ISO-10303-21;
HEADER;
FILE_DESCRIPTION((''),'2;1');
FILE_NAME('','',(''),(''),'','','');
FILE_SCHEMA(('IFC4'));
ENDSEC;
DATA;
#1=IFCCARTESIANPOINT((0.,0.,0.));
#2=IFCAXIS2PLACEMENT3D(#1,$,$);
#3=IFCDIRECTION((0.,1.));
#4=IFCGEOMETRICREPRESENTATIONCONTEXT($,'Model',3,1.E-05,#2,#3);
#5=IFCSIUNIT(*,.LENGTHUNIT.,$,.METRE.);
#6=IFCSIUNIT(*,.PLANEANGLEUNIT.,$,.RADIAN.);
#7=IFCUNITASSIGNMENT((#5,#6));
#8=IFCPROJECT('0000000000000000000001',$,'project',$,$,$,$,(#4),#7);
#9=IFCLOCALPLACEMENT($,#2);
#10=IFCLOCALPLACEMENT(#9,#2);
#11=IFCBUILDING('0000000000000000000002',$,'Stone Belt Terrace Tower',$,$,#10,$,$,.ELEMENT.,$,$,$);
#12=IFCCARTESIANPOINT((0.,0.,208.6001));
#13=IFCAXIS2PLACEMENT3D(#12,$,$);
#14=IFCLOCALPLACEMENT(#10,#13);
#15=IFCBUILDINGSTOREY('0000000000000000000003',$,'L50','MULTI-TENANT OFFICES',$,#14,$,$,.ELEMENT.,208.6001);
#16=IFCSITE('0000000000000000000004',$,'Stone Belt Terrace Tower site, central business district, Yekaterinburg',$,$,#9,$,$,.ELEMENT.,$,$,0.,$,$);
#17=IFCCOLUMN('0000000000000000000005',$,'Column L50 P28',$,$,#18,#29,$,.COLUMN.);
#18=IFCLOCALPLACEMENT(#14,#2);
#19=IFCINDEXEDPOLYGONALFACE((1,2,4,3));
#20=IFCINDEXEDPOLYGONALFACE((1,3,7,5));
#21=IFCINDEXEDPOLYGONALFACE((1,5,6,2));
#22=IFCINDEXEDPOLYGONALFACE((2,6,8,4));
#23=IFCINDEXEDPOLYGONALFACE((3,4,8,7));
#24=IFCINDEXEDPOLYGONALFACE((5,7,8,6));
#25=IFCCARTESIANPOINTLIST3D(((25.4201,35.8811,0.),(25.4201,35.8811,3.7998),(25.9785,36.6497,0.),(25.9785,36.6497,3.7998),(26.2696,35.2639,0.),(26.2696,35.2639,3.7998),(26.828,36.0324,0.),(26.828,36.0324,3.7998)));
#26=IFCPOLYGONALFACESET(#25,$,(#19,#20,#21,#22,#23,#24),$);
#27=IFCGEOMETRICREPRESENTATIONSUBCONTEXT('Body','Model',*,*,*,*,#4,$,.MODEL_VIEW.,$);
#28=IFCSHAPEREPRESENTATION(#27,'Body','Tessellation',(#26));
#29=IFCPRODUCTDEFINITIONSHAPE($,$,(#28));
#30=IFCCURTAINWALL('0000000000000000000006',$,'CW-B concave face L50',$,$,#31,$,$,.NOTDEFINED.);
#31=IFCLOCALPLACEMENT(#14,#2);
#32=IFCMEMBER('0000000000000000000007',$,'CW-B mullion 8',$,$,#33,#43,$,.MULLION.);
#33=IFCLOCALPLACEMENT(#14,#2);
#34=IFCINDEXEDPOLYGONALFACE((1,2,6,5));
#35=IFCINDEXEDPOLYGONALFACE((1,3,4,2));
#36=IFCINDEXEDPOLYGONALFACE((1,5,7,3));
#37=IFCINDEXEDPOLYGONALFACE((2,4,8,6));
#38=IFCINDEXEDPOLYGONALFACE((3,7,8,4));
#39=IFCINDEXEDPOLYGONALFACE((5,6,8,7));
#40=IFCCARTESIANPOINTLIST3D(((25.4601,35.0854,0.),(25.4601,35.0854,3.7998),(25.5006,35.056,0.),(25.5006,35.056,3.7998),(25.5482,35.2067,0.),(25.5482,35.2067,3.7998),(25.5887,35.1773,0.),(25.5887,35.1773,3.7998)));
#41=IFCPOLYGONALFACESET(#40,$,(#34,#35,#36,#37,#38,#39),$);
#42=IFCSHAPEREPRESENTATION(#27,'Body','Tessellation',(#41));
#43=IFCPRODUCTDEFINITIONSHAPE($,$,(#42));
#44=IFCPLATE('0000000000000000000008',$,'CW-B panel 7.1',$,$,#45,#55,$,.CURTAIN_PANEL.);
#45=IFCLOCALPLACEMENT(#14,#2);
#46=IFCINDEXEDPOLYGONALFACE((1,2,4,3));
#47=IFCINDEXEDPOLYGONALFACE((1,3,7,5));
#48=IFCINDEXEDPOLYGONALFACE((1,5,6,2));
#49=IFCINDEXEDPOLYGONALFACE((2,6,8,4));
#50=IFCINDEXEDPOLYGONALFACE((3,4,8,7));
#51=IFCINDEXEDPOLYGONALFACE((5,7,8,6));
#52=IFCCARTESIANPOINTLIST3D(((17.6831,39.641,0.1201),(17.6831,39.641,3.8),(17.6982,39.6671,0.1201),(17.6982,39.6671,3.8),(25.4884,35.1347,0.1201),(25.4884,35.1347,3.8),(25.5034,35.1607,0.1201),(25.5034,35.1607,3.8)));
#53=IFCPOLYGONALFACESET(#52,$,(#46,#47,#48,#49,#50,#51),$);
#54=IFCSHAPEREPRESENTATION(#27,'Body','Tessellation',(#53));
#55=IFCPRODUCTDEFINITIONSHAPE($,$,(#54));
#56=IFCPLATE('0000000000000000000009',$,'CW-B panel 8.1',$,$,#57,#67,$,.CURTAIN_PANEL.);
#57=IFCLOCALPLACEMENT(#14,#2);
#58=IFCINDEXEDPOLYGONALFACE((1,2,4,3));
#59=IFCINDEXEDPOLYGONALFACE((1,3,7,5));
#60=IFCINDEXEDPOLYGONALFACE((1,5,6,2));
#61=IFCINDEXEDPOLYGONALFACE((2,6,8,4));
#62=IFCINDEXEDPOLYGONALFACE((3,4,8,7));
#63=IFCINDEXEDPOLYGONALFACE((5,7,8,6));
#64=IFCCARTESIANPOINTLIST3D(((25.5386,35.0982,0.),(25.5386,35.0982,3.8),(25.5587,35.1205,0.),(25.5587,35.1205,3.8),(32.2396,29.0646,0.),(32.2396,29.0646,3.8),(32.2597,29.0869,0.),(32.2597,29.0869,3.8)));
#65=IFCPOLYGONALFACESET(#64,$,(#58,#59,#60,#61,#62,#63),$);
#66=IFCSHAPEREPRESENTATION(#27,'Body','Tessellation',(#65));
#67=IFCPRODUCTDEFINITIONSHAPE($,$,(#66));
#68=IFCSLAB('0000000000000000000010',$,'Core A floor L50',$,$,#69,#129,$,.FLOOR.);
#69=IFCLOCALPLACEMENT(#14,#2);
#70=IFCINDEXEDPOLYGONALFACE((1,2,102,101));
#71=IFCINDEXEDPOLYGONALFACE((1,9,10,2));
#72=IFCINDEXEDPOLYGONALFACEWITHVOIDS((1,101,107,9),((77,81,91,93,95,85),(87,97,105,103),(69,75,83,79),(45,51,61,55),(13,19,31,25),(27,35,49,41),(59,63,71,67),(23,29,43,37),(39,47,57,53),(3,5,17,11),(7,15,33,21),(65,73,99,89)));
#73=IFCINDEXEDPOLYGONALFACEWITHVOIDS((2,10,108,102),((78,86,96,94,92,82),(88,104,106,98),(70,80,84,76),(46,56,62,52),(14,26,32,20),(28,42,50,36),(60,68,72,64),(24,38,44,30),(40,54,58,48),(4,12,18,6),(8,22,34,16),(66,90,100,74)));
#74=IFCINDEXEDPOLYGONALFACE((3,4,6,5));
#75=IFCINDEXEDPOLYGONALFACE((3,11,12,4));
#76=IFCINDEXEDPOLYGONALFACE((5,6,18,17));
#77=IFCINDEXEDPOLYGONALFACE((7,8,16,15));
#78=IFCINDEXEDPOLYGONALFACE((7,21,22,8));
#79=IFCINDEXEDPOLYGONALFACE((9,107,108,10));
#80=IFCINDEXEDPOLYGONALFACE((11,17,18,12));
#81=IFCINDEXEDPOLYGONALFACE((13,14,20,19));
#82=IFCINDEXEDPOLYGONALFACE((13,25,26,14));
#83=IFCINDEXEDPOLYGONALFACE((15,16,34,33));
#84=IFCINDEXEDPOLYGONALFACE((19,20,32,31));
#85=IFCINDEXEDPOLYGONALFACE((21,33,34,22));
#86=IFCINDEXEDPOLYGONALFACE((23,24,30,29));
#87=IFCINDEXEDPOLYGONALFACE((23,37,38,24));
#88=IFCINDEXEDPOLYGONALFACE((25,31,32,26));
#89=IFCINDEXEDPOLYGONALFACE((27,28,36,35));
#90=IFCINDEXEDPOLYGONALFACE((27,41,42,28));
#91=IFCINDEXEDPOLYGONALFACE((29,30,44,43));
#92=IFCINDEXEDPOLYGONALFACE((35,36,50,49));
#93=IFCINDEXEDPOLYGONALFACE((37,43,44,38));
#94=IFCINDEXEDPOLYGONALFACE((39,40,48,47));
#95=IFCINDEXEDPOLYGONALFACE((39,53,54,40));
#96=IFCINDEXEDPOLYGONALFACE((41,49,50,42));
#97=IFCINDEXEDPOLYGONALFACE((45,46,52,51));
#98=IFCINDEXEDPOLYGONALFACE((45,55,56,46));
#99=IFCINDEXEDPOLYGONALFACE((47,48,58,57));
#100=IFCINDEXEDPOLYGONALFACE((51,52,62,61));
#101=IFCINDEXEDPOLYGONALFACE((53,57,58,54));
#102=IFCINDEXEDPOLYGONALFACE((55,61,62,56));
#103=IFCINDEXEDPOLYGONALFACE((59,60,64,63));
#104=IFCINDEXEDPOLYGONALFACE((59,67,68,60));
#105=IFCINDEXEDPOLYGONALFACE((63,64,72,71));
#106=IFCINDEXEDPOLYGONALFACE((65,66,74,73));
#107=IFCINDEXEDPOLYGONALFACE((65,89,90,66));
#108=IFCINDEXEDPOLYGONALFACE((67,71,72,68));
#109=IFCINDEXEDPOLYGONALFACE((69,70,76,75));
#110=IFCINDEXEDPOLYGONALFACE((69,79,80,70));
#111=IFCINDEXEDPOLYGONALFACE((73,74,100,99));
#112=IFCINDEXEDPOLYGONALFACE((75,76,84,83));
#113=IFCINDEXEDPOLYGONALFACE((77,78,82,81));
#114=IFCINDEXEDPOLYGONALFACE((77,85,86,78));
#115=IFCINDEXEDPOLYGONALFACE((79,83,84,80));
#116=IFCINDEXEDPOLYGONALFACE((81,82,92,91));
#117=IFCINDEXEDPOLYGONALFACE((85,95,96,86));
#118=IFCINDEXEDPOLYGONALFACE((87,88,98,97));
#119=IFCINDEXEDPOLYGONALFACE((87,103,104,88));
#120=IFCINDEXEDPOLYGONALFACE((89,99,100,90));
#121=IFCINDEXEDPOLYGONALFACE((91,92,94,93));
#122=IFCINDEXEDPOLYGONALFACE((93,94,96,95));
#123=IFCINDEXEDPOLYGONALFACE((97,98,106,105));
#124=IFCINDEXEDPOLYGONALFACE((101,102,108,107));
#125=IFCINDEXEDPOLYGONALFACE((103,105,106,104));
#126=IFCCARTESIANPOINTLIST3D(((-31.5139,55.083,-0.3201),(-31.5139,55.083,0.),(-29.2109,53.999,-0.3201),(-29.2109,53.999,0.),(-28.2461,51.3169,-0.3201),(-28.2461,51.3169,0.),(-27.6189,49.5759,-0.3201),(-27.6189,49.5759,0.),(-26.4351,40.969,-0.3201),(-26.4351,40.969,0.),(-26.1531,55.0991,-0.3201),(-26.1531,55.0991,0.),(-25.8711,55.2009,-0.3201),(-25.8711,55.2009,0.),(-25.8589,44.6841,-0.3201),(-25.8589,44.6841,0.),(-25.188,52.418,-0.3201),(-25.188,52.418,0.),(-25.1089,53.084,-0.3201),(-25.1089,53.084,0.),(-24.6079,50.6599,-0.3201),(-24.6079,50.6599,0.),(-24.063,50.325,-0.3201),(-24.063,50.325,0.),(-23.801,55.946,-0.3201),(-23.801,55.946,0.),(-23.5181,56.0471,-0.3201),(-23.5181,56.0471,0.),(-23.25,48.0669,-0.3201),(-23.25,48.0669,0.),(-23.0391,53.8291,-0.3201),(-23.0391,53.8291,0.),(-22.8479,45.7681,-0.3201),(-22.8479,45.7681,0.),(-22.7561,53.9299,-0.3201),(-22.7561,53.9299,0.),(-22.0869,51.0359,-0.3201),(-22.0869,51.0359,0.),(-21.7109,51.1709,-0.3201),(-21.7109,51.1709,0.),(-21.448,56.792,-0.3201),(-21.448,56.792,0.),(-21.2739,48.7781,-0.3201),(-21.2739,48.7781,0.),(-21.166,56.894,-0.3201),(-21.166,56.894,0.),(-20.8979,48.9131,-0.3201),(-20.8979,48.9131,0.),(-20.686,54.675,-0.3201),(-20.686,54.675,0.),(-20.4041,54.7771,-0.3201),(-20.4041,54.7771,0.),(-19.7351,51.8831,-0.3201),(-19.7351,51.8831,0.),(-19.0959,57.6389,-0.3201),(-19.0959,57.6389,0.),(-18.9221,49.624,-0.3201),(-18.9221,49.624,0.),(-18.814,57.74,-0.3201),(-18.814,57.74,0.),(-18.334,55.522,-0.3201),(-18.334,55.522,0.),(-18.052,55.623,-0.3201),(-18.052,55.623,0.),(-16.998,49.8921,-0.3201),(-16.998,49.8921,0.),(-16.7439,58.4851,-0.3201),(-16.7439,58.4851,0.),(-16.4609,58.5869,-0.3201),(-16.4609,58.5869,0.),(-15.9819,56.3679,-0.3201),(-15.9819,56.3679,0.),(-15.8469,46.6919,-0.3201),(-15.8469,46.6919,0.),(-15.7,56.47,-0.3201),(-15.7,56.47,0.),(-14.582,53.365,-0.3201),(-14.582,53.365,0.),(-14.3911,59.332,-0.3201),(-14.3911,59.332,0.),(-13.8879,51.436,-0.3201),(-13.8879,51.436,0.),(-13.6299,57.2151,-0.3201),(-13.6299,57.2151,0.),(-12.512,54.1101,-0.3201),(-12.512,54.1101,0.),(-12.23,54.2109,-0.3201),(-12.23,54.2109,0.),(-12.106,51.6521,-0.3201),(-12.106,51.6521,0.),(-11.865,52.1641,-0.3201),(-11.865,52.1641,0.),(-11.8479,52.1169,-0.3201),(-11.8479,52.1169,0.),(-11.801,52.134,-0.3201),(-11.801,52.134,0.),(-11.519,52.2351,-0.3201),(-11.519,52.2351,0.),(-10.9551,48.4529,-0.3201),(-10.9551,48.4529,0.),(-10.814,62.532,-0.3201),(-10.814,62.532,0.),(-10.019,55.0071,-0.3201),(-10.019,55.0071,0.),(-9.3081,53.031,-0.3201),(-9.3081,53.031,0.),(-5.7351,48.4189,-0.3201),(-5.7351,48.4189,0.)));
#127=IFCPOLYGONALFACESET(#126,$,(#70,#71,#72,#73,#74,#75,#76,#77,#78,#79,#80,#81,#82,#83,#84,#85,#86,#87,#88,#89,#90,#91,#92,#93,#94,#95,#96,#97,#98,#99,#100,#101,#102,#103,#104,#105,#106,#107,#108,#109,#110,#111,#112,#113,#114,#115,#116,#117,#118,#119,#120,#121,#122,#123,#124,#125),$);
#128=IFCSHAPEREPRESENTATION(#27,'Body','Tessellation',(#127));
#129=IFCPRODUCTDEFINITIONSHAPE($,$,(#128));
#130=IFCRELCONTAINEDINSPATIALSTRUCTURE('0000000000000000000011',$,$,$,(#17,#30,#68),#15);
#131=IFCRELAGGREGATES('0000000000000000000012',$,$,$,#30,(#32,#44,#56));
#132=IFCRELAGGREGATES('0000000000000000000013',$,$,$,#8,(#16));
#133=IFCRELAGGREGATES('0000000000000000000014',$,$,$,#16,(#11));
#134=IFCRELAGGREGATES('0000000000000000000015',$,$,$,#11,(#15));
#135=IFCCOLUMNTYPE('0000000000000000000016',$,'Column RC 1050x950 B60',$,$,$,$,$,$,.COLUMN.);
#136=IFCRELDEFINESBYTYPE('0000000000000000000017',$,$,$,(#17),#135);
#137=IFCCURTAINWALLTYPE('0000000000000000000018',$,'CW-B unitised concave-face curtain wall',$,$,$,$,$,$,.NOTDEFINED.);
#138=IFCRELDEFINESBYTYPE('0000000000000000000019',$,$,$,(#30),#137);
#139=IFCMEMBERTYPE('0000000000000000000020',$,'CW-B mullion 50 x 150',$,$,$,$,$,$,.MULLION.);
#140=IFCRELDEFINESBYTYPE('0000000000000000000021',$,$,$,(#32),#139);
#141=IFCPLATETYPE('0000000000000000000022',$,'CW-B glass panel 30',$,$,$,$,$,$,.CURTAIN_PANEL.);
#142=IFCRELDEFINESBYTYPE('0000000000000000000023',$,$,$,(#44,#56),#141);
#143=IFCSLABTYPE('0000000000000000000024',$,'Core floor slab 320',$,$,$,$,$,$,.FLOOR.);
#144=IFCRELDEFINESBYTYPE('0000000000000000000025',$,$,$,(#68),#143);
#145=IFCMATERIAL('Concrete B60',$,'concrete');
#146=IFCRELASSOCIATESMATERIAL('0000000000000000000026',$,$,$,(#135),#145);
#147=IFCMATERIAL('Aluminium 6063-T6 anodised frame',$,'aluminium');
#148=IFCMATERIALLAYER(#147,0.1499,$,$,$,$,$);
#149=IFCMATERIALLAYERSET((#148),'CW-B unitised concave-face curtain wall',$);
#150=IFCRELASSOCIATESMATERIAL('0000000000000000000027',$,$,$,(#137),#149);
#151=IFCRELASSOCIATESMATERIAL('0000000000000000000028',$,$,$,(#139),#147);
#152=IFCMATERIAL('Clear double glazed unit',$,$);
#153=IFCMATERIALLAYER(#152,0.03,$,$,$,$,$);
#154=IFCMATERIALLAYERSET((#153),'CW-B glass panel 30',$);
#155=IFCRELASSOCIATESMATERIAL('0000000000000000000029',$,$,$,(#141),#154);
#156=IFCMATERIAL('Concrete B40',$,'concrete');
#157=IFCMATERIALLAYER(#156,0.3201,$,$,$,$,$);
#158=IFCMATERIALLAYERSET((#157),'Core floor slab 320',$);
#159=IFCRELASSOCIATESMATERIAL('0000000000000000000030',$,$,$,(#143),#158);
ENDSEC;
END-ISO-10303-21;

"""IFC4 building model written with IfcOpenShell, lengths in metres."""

from ifc_helpers import new_model, si_unit, direction, frame, origin, origin_2d, place, context, subcontext, project, spatial, polyline, rectangle, outline, extrude, material, layer, layer_set, material_profile, profile_set, type_object, element, aggregate, save


model = new_model("IFC4")

# Units and contexts
model_context = context("Model", 3, precision=1e-05, world=origin(), true_north=direction((0.0, 1.0)))
body_context = subcontext(model_context, "Body", "Model", "MODEL_VIEW")
ifc_project = project(units=[si_unit("LENGTHUNIT", "METRE"), si_unit("PLANEANGLEUNIT", "RADIAN")], contexts=[model_context])

# Site, building, storey
site_placement = place(None, origin())
site = spatial("IfcSite", under=ifc_project, at=site_placement, Name="Stone Belt Terrace Tower site, central business district, Yekaterinburg", CompositionType="ELEMENT", RefElevation=0.0)
building_placement = place(site_placement, origin())
building = spatial("IfcBuilding", under=site, at=building_placement, Name="Stone Belt Terrace Tower", CompositionType="ELEMENT")
storey_placement = place(building_placement, frame((0.0, 0.0, 208.6001)))
storey = spatial("IfcBuildingStorey", under=building, at=storey_placement, Name="L50", Description="MULTI-TENANT OFFICES", CompositionType="ELEMENT", Elevation=208.6001)

# Column
ifc_material_1 = material(Name="Concrete B60", Category="concrete")
ifc_material_profile_1 = material_profile(ifc_material_1, rectangle(XDim=1.05, YDim=0.95, at=origin_2d()), Name="RC 1050x950")
ifc_profile_set_1 = profile_set([ifc_material_profile_1], Name="Concrete B60")
column_type = type_object("IfcColumnType", Name="Column RC 1050x950 B60", PredefinedType="COLUMN", material=ifc_profile_set_1)
column_placement = place(storey_placement, frame((26.124, 35.9568, 0.0), z_axis=(0.0, 0.0, 1.0), x_axis=(0.809017, -0.587785, 0.0)))
element("IfcColumn", 1, at=column_placement, inside=storey, type_object=column_type, Name="Column L50 P28", PredefinedType="COLUMN", context=body_context, shape_type="SweptSolid", body=[
    extrude(rectangle(XDim=1.05, YDim=0.95, at=origin_2d()), origin(), (0.0, 0.0, 1.0), 3.7998),
])

# Curtain wall, member, plates
ifc_material_2 = material(Name="Aluminium 6063-T6 anodised frame", Category="aluminium")
ifc_layer_1 = layer(ifc_material_2, 0.1499)
ifc_layer_set_1 = layer_set([ifc_layer_1], Name="CW-B unitised concave-face curtain wall")
curtain_wall_type = type_object("IfcCurtainWallType", Name="CW-B unitised concave-face curtain wall", PredefinedType="NOTDEFINED", material=ifc_layer_set_1)
curtain_wall_placement = place(storey_placement, origin())
curtain_wall = element("IfcCurtainWall", 2, at=curtain_wall_placement, inside=storey, type_object=curtain_wall_type, Name="CW-B concave face L50", PredefinedType="NOTDEFINED")
ifc_material_profile_2 = material_profile(ifc_material_2, rectangle(XDim=0.1499, YDim=0.05, at=origin_2d()), Name="Aluminium 6063-T6 50x150")
ifc_profile_set_2 = profile_set([ifc_material_profile_2], Name="Aluminium 6063-T6 anodised frame")
member_type = type_object("IfcMemberType", Name="CW-B mullion 50 x 150", PredefinedType="MULLION", material=ifc_profile_set_2)
member_placement = place(storey_placement, frame((25.5244, 35.1313, 0.0), z_axis=(0.0, 0.0, 1.0), x_axis=(0.587785, 0.809017, 0.0)))
member = element("IfcMember", 3, at=member_placement, type_object=member_type, Name="CW-B mullion 8", PredefinedType="MULLION", context=body_context, shape_type="SweptSolid", body=[
    extrude(rectangle(XDim=0.1499, YDim=0.05, at=origin_2d()), origin(), (0.0, 0.0, 1.0), 3.7998),
])
ifc_material_3 = material(Name="Clear double glazed unit")
ifc_layer_2 = layer(ifc_material_3, 0.03)
ifc_layer_set_2 = layer_set([ifc_layer_2], Name="CW-B glass panel 30")
plate_type = type_object("IfcPlateType", Name="CW-B glass panel 30", PredefinedType="CURTAIN_PANEL", material=ifc_layer_set_2)
plate_1_placement = place(storey_placement, frame((21.5933, 37.4009, 0.1201), z_axis=(0.0, 0.0, 1.0), x_axis=(0.866025, -0.5, 0.0)))
plate_1 = element("IfcPlate", 4, at=plate_1_placement, type_object=plate_type, Name="CW-B panel 7.1", PredefinedType="CURTAIN_PANEL", context=body_context, shape_type="SweptSolid", body=[
    extrude(rectangle(XDim=9.0127, YDim=0.03, at=origin_2d()), origin(), (0.0, 0.0, 1.0), 3.6799),
])
plate_2_placement = place(storey_placement, frame((28.8992, 32.0925, 0.0), z_axis=(0.0, 0.0, 1.0), x_axis=(0.743145, -0.669131, 0.0)))
plate_2 = element("IfcPlate", 5, at=plate_2_placement, type_object=plate_type, Name="CW-B panel 8.1", PredefinedType="CURTAIN_PANEL", context=body_context, shape_type="SweptSolid", body=[
    extrude(rectangle(XDim=9.0171, YDim=0.03, at=origin_2d()), origin(), (0.0, 0.0, 1.0), 3.8),
])
aggregate(curtain_wall, [member, plate_1, plate_2])

# Slab
ifc_material_4 = material(Name="Concrete B40", Category="concrete")
ifc_layer_3 = layer(ifc_material_4, 0.3201)
ifc_layer_set_3 = layer_set([ifc_layer_3], Name="Core floor slab 320")
slab_type_1 = type_object("IfcSlabType", Name="Core floor slab 320", PredefinedType="FLOOR", material=ifc_layer_set_3)
slab_1_placement = place(storey_placement, frame((0.0, 0.0, -0.3201)))
element("IfcSlab", 6, at=slab_1_placement, inside=storey, type_object=slab_type_1, Name="Core A floor L50", PredefinedType="FLOOR", context=body_context, shape_type="SweptSolid", body=[
    extrude(outline(polyline([(-26.4351, 40.969), (-5.7351, 48.4189), (-10.814, 62.532), (-31.5139, 55.083), (-26.4351, 40.969)]), holes=[polyline([(-24.6079, 50.6599), (-22.8479, 45.7681), (-25.8589, 44.6841), (-27.6189, 49.5759), (-24.6079, 50.6599)]), polyline([(-23.25, 48.0669), (-24.063, 50.325), (-22.0869, 51.0359), (-21.2739, 48.7781), (-23.25, 48.0669)]), polyline([(-20.8979, 48.9131), (-21.7109, 51.1709), (-19.7351, 51.8831), (-18.9221, 49.624), (-20.8979, 48.9131)]), polyline([(-28.2461, 51.3169), (-29.2109, 53.999), (-26.1531, 55.0991), (-25.188, 52.418), (-28.2461, 51.3169)]), polyline([(-23.801, 55.946), (-23.0391, 53.8291), (-25.1089, 53.084), (-25.8711, 55.2009), (-23.801, 55.946)]), polyline([(-21.448, 56.792), (-20.686, 54.675), (-22.7561, 53.9299), (-23.5181, 56.0471), (-21.448, 56.792)]), polyline([(-10.9551, 48.4529), (-15.8469, 46.6919), (-16.998, 49.8921), (-12.106, 51.6521), (-10.9551, 48.4529)]), polyline([(-11.8479, 52.1169), (-11.865, 52.1641), (-13.8879, 51.436), (-14.582, 53.365), (-12.512, 54.1101), (-11.801, 52.134), (-11.8479, 52.1169)]), polyline([(-9.3081, 53.031), (-11.519, 52.2351), (-12.23, 54.2109), (-10.019, 55.0071), (-9.3081, 53.031)]), polyline([(-21.166, 56.894), (-19.0959, 57.6389), (-18.334, 55.522), (-20.4041, 54.7771), (-21.166, 56.894)]), polyline([(-16.7439, 58.4851), (-15.9819, 56.3679), (-18.052, 55.623), (-18.814, 57.74), (-16.7439, 58.4851)]), polyline([(-14.3911, 59.332), (-13.6299, 57.2151), (-15.7, 56.47), (-16.4609, 58.5869), (-14.3911, 59.332)])]), origin(), (0.0, 0.0, 1.0), 0.3201),
])

save(model, "model.ifc")
